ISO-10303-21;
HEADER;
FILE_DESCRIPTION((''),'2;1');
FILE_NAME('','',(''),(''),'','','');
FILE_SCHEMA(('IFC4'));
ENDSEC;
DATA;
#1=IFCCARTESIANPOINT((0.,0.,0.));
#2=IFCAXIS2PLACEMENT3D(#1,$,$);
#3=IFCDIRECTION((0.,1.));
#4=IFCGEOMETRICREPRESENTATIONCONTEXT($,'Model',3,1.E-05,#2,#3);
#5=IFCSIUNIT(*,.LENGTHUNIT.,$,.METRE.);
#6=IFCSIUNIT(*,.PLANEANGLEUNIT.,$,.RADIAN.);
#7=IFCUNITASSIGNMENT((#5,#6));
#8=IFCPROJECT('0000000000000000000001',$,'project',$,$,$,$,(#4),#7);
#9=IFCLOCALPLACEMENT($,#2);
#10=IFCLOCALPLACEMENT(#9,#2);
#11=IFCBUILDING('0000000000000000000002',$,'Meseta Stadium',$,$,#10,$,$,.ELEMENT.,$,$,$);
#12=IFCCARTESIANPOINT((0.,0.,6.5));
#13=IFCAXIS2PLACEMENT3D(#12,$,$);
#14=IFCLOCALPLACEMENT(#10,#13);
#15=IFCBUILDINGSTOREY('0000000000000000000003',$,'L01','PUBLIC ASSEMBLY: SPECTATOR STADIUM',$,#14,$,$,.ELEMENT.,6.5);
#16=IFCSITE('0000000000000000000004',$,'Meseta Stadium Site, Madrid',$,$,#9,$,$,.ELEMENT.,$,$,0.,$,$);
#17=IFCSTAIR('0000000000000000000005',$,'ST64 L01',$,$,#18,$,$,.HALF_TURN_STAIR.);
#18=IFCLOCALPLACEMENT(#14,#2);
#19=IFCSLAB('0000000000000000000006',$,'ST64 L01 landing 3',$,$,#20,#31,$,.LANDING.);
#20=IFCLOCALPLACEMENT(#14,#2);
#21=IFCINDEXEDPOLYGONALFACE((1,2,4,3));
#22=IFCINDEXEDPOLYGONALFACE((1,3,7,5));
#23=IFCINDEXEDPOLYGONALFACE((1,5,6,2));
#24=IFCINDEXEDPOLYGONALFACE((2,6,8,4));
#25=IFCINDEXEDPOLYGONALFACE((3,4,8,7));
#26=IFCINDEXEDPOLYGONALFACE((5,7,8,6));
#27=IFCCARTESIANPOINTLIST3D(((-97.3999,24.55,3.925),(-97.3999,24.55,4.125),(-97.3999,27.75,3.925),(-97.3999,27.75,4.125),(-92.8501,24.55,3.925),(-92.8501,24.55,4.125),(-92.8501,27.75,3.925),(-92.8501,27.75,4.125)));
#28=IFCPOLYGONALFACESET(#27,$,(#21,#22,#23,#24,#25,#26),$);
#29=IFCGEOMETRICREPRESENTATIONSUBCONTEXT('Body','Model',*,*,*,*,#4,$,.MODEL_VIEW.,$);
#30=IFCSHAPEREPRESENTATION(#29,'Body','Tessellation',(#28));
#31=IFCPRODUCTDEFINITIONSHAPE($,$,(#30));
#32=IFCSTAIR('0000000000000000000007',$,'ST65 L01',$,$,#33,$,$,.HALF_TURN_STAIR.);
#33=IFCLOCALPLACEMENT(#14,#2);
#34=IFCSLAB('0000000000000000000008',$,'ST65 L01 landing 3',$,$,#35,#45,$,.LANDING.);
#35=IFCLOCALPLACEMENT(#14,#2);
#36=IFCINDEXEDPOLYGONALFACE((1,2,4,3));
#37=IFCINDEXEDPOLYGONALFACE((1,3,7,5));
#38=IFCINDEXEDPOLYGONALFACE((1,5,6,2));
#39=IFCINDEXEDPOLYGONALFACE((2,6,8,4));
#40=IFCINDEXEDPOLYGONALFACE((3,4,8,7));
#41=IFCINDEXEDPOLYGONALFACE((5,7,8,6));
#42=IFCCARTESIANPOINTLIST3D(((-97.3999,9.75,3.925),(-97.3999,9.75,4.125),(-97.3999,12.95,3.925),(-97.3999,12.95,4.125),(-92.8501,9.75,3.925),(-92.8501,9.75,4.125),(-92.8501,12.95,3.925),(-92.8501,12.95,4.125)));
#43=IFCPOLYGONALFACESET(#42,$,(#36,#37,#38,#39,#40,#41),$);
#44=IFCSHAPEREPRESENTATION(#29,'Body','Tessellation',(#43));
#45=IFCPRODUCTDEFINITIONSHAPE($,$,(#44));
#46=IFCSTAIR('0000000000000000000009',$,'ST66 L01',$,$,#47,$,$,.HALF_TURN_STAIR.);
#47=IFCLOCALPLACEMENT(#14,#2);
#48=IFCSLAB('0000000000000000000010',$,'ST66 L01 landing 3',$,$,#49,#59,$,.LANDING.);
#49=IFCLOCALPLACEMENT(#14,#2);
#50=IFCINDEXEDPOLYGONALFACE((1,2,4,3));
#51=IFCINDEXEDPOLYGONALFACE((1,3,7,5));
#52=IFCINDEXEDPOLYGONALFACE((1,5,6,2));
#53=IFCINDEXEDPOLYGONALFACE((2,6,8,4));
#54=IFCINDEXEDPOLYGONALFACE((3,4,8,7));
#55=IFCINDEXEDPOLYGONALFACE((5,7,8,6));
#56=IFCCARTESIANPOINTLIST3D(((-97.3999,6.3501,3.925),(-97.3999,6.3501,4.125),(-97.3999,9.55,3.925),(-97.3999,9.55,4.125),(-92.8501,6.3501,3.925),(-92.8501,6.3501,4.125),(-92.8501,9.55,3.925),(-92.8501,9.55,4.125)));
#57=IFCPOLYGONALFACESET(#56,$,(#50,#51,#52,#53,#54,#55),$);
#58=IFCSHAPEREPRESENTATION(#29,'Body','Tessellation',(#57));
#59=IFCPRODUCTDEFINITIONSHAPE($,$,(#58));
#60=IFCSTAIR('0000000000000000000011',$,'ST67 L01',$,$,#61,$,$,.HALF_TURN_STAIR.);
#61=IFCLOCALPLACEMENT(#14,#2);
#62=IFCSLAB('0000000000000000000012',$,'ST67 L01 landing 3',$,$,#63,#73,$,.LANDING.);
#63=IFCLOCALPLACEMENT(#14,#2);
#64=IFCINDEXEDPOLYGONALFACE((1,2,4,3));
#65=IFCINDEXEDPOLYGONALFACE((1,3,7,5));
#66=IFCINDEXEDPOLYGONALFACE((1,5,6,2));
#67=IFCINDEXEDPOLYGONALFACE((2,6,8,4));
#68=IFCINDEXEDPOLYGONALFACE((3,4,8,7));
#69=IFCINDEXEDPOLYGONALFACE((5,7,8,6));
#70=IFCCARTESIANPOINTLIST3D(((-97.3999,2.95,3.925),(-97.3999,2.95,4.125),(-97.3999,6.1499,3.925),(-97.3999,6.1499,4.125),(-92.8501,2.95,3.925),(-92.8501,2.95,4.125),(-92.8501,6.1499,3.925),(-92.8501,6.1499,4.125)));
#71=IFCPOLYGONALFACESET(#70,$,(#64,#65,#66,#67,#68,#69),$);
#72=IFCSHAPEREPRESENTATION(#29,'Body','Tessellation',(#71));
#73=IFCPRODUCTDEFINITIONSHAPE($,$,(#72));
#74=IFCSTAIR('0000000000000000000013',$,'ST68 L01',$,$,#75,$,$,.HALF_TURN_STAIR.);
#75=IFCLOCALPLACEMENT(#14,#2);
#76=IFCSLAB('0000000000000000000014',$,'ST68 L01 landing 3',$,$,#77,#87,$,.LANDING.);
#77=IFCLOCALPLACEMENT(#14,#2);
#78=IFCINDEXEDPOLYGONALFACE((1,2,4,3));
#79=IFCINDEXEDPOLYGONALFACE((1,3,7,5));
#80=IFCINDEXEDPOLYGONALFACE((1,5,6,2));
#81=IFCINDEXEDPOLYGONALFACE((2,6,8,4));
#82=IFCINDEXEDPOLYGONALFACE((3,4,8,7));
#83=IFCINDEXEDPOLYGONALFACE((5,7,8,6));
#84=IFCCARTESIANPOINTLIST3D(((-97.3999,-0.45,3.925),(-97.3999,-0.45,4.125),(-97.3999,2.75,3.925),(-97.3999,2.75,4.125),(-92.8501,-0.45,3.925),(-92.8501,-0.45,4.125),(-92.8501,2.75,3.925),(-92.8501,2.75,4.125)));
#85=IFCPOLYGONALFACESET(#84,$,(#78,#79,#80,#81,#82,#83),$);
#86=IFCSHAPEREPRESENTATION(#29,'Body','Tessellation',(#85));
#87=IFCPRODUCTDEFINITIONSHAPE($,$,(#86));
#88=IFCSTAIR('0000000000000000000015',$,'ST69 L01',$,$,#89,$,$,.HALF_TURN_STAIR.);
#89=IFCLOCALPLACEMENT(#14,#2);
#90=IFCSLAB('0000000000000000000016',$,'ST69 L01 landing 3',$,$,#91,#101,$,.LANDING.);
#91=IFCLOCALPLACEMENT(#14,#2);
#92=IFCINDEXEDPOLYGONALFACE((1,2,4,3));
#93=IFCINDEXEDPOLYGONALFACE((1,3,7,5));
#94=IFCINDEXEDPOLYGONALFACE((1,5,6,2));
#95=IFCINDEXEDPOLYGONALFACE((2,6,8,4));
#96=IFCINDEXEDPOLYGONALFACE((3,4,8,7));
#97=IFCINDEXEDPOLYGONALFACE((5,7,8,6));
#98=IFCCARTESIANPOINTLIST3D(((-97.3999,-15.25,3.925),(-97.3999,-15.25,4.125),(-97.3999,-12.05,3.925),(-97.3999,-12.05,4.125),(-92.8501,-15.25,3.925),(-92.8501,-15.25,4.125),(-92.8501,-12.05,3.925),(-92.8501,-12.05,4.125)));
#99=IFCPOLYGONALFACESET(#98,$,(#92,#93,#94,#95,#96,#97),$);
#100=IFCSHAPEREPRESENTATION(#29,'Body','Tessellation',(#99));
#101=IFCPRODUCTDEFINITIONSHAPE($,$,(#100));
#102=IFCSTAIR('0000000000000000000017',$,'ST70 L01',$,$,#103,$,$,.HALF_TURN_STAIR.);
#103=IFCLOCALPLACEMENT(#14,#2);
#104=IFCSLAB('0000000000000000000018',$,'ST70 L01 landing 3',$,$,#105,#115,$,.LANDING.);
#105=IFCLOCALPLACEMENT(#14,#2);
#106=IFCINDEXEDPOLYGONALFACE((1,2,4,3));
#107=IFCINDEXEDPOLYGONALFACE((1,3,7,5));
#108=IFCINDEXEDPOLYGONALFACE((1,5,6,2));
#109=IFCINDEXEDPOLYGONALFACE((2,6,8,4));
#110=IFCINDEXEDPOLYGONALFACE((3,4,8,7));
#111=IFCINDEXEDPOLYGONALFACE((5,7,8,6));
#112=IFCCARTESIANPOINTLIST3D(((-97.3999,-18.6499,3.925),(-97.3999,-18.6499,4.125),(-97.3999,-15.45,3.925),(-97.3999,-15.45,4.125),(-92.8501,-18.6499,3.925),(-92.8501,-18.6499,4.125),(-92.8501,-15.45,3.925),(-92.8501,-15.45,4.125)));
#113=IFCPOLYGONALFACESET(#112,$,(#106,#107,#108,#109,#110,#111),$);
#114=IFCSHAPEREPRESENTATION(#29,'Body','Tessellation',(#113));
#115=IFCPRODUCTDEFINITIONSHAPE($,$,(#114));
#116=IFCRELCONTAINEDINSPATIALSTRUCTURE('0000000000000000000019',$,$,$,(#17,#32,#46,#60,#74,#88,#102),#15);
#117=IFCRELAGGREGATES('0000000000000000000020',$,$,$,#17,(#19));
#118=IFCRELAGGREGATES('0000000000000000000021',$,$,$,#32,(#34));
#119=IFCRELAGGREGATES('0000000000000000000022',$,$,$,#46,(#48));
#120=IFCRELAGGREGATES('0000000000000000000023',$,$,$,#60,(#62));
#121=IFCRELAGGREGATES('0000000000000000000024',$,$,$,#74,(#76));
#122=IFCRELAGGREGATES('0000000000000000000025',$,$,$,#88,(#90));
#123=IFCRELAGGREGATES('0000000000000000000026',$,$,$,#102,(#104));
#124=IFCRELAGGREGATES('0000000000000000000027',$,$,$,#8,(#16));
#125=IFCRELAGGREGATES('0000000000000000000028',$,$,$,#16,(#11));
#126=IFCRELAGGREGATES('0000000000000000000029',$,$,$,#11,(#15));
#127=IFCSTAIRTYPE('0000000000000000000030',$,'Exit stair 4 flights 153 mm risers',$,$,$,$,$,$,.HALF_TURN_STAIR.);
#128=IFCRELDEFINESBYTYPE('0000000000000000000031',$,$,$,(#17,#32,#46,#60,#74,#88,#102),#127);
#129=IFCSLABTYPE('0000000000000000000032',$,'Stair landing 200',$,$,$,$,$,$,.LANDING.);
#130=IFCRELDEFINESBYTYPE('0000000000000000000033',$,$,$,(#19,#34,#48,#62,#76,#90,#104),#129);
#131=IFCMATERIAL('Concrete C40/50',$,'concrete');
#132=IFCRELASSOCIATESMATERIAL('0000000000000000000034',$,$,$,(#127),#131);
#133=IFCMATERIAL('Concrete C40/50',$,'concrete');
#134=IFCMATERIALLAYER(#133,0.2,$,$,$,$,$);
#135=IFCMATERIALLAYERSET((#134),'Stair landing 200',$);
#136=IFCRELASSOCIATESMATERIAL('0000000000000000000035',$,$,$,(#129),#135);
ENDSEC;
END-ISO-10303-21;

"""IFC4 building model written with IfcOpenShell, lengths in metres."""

from ifc_helpers import new_model, si_unit, direction, frame, origin, place, context, subcontext, project, spatial, polyline, outline, extrude, material, layer, layer_set, type_object, element, aggregate, save


model = new_model("IFC4")

# Units and contexts
model_context = context("Model", 3, precision=1e-05, world=origin(), true_north=direction((0.0, 1.0)))
body_context = subcontext(model_context, "Body", "Model", "MODEL_VIEW")
ifc_project = project(units=[si_unit("LENGTHUNIT", "METRE"), si_unit("PLANEANGLEUNIT", "RADIAN")], contexts=[model_context])

# Site, building, storey
site_placement = place(None, origin())
site = spatial("IfcSite", under=ifc_project, at=site_placement, Name="Meseta Stadium Site, Madrid", CompositionType="ELEMENT", RefElevation=0.0)
building_placement = place(site_placement, origin())
building = spatial("IfcBuilding", under=site, at=building_placement, Name="Meseta Stadium", CompositionType="ELEMENT")
storey_placement = place(building_placement, frame((0.0, 0.0, 6.5)))
storey = spatial("IfcBuildingStorey", under=building, at=storey_placement, Name="L01", Description="PUBLIC ASSEMBLY: SPECTATOR STADIUM", CompositionType="ELEMENT", Elevation=6.5)

# Stairs, slabs
ifc_material_1 = material(Name="Concrete C40/50", Category="concrete")
stair_type = type_object("IfcStairType", Name="Exit stair 4 flights 153 mm risers", PredefinedType="HALF_TURN_STAIR", material=ifc_material_1)
ifc_material_2 = material(Name="Concrete C40/50", Category="concrete")
ifc_layer = layer(ifc_material_2, 0.2)
ifc_layer_set = layer_set([ifc_layer], Name="Stair landing 200")
slab_type = type_object("IfcSlabType", Name="Stair landing 200", PredefinedType="LANDING", material=ifc_layer_set)
stair_1_placement = place(storey_placement, origin())
stair_1 = element("IfcStair", 1, at=stair_1_placement, inside=storey, type_object=stair_type, Name="ST64 L01", PredefinedType="HALF_TURN_STAIR")
slab_1_placement = place(storey_placement, frame((0.0, 0.0, 3.925)))
slab_1 = element("IfcSlab", 2, at=slab_1_placement, type_object=slab_type, Name="ST64 L01 landing 3", PredefinedType="LANDING", context=body_context, shape_type="SweptSolid", body=[
    extrude(outline(polyline([(-92.8501, 27.75), (-97.3999, 27.75), (-97.3999, 24.55), (-92.8501, 24.55), (-92.8501, 27.75)])), origin(), (0.0, 0.0, 1.0), 0.2),
])
aggregate(stair_1, [slab_1])
stair_2_placement = place(storey_placement, origin())
stair_2 = element("IfcStair", 3, at=stair_2_placement, inside=storey, type_object=stair_type, Name="ST65 L01", PredefinedType="HALF_TURN_STAIR")
slab_2_placement = place(storey_placement, frame((0.0, 0.0, 3.925)))
slab_2 = element("IfcSlab", 4, at=slab_2_placement, type_object=slab_type, Name="ST65 L01 landing 3", PredefinedType="LANDING", context=body_context, shape_type="SweptSolid", body=[
    extrude(outline(polyline([(-92.8501, 12.95), (-97.3999, 12.95), (-97.3999, 9.75), (-92.8501, 9.75), (-92.8501, 12.95)])), origin(), (0.0, 0.0, 1.0), 0.2),
])
aggregate(stair_2, [slab_2])
stair_3_placement = place(storey_placement, origin())
stair_3 = element("IfcStair", 5, at=stair_3_placement, inside=storey, type_object=stair_type, Name="ST66 L01", PredefinedType="HALF_TURN_STAIR")
slab_3_placement = place(storey_placement, frame((0.0, 0.0, 3.925)))
slab_3 = element("IfcSlab", 6, at=slab_3_placement, type_object=slab_type, Name="ST66 L01 landing 3", PredefinedType="LANDING", context=body_context, shape_type="SweptSolid", body=[
    extrude(outline(polyline([(-92.8501, 9.55), (-97.3999, 9.55), (-97.3999, 6.3501), (-92.8501, 6.3501), (-92.8501, 9.55)])), origin(), (0.0, 0.0, 1.0), 0.2),
])
aggregate(stair_3, [slab_3])
stair_4_placement = place(storey_placement, origin())
stair_4 = element("IfcStair", 7, at=stair_4_placement, inside=storey, type_object=stair_type, Name="ST67 L01", PredefinedType="HALF_TURN_STAIR")
slab_4_placement = place(storey_placement, frame((0.0, 0.0, 3.925)))
slab_4 = element("IfcSlab", 8, at=slab_4_placement, type_object=slab_type, Name="ST67 L01 landing 3", PredefinedType="LANDING", context=body_context, shape_type="SweptSolid", body=[
    extrude(outline(polyline([(-92.8501, 6.1499), (-97.3999, 6.1499), (-97.3999, 2.95), (-92.8501, 2.95), (-92.8501, 6.1499)])), origin(), (0.0, 0.0, 1.0), 0.2),
])
aggregate(stair_4, [slab_4])
stair_5_placement = place(storey_placement, origin())
stair_5 = element("IfcStair", 9, at=stair_5_placement, inside=storey, type_object=stair_type, Name="ST68 L01", PredefinedType="HALF_TURN_STAIR")
slab_5_placement = place(storey_placement, frame((0.0, 0.0, 3.925)))
slab_5 = element("IfcSlab", 10, at=slab_5_placement, type_object=slab_type, Name="ST68 L01 landing 3", PredefinedType="LANDING", context=body_context, shape_type="SweptSolid", body=[
    extrude(outline(polyline([(-92.8501, 2.75), (-97.3999, 2.75), (-97.3999, -0.45), (-92.8501, -0.45), (-92.8501, 2.75)])), origin(), (0.0, 0.0, 1.0), 0.2),
])
aggregate(stair_5, [slab_5])
stair_6_placement = place(storey_placement, origin())
stair_6 = element("IfcStair", 11, at=stair_6_placement, inside=storey, type_object=stair_type, Name="ST69 L01", PredefinedType="HALF_TURN_STAIR")
slab_6_placement = place(storey_placement, frame((0.0, 0.0, 3.925)))
slab_6 = element("IfcSlab", 12, at=slab_6_placement, type_object=slab_type, Name="ST69 L01 landing 3", PredefinedType="LANDING", context=body_context, shape_type="SweptSolid", body=[
    extrude(outline(polyline([(-92.8501, -12.05), (-97.3999, -12.05), (-97.3999, -15.25), (-92.8501, -15.25), (-92.8501, -12.05)])), origin(), (0.0, 0.0, 1.0), 0.2),
])
aggregate(stair_6, [slab_6])
stair_7_placement = place(storey_placement, origin())
stair_7 = element("IfcStair", 13, at=stair_7_placement, inside=storey, type_object=stair_type, Name="ST70 L01", PredefinedType="HALF_TURN_STAIR")
slab_7_placement = place(storey_placement, frame((0.0, 0.0, 3.925)))
slab_7 = element("IfcSlab", 14, at=slab_7_placement, type_object=slab_type, Name="ST70 L01 landing 3", PredefinedType="LANDING", context=body_context, shape_type="SweptSolid", body=[
    extrude(outline(polyline([(-92.8501, -15.45), (-97.3999, -15.45), (-97.3999, -18.6499), (-92.8501, -18.6499), (-92.8501, -15.45)])), origin(), (0.0, 0.0, 1.0), 0.2),
])
aggregate(stair_7, [slab_7])

save(model, "model.ifc")
